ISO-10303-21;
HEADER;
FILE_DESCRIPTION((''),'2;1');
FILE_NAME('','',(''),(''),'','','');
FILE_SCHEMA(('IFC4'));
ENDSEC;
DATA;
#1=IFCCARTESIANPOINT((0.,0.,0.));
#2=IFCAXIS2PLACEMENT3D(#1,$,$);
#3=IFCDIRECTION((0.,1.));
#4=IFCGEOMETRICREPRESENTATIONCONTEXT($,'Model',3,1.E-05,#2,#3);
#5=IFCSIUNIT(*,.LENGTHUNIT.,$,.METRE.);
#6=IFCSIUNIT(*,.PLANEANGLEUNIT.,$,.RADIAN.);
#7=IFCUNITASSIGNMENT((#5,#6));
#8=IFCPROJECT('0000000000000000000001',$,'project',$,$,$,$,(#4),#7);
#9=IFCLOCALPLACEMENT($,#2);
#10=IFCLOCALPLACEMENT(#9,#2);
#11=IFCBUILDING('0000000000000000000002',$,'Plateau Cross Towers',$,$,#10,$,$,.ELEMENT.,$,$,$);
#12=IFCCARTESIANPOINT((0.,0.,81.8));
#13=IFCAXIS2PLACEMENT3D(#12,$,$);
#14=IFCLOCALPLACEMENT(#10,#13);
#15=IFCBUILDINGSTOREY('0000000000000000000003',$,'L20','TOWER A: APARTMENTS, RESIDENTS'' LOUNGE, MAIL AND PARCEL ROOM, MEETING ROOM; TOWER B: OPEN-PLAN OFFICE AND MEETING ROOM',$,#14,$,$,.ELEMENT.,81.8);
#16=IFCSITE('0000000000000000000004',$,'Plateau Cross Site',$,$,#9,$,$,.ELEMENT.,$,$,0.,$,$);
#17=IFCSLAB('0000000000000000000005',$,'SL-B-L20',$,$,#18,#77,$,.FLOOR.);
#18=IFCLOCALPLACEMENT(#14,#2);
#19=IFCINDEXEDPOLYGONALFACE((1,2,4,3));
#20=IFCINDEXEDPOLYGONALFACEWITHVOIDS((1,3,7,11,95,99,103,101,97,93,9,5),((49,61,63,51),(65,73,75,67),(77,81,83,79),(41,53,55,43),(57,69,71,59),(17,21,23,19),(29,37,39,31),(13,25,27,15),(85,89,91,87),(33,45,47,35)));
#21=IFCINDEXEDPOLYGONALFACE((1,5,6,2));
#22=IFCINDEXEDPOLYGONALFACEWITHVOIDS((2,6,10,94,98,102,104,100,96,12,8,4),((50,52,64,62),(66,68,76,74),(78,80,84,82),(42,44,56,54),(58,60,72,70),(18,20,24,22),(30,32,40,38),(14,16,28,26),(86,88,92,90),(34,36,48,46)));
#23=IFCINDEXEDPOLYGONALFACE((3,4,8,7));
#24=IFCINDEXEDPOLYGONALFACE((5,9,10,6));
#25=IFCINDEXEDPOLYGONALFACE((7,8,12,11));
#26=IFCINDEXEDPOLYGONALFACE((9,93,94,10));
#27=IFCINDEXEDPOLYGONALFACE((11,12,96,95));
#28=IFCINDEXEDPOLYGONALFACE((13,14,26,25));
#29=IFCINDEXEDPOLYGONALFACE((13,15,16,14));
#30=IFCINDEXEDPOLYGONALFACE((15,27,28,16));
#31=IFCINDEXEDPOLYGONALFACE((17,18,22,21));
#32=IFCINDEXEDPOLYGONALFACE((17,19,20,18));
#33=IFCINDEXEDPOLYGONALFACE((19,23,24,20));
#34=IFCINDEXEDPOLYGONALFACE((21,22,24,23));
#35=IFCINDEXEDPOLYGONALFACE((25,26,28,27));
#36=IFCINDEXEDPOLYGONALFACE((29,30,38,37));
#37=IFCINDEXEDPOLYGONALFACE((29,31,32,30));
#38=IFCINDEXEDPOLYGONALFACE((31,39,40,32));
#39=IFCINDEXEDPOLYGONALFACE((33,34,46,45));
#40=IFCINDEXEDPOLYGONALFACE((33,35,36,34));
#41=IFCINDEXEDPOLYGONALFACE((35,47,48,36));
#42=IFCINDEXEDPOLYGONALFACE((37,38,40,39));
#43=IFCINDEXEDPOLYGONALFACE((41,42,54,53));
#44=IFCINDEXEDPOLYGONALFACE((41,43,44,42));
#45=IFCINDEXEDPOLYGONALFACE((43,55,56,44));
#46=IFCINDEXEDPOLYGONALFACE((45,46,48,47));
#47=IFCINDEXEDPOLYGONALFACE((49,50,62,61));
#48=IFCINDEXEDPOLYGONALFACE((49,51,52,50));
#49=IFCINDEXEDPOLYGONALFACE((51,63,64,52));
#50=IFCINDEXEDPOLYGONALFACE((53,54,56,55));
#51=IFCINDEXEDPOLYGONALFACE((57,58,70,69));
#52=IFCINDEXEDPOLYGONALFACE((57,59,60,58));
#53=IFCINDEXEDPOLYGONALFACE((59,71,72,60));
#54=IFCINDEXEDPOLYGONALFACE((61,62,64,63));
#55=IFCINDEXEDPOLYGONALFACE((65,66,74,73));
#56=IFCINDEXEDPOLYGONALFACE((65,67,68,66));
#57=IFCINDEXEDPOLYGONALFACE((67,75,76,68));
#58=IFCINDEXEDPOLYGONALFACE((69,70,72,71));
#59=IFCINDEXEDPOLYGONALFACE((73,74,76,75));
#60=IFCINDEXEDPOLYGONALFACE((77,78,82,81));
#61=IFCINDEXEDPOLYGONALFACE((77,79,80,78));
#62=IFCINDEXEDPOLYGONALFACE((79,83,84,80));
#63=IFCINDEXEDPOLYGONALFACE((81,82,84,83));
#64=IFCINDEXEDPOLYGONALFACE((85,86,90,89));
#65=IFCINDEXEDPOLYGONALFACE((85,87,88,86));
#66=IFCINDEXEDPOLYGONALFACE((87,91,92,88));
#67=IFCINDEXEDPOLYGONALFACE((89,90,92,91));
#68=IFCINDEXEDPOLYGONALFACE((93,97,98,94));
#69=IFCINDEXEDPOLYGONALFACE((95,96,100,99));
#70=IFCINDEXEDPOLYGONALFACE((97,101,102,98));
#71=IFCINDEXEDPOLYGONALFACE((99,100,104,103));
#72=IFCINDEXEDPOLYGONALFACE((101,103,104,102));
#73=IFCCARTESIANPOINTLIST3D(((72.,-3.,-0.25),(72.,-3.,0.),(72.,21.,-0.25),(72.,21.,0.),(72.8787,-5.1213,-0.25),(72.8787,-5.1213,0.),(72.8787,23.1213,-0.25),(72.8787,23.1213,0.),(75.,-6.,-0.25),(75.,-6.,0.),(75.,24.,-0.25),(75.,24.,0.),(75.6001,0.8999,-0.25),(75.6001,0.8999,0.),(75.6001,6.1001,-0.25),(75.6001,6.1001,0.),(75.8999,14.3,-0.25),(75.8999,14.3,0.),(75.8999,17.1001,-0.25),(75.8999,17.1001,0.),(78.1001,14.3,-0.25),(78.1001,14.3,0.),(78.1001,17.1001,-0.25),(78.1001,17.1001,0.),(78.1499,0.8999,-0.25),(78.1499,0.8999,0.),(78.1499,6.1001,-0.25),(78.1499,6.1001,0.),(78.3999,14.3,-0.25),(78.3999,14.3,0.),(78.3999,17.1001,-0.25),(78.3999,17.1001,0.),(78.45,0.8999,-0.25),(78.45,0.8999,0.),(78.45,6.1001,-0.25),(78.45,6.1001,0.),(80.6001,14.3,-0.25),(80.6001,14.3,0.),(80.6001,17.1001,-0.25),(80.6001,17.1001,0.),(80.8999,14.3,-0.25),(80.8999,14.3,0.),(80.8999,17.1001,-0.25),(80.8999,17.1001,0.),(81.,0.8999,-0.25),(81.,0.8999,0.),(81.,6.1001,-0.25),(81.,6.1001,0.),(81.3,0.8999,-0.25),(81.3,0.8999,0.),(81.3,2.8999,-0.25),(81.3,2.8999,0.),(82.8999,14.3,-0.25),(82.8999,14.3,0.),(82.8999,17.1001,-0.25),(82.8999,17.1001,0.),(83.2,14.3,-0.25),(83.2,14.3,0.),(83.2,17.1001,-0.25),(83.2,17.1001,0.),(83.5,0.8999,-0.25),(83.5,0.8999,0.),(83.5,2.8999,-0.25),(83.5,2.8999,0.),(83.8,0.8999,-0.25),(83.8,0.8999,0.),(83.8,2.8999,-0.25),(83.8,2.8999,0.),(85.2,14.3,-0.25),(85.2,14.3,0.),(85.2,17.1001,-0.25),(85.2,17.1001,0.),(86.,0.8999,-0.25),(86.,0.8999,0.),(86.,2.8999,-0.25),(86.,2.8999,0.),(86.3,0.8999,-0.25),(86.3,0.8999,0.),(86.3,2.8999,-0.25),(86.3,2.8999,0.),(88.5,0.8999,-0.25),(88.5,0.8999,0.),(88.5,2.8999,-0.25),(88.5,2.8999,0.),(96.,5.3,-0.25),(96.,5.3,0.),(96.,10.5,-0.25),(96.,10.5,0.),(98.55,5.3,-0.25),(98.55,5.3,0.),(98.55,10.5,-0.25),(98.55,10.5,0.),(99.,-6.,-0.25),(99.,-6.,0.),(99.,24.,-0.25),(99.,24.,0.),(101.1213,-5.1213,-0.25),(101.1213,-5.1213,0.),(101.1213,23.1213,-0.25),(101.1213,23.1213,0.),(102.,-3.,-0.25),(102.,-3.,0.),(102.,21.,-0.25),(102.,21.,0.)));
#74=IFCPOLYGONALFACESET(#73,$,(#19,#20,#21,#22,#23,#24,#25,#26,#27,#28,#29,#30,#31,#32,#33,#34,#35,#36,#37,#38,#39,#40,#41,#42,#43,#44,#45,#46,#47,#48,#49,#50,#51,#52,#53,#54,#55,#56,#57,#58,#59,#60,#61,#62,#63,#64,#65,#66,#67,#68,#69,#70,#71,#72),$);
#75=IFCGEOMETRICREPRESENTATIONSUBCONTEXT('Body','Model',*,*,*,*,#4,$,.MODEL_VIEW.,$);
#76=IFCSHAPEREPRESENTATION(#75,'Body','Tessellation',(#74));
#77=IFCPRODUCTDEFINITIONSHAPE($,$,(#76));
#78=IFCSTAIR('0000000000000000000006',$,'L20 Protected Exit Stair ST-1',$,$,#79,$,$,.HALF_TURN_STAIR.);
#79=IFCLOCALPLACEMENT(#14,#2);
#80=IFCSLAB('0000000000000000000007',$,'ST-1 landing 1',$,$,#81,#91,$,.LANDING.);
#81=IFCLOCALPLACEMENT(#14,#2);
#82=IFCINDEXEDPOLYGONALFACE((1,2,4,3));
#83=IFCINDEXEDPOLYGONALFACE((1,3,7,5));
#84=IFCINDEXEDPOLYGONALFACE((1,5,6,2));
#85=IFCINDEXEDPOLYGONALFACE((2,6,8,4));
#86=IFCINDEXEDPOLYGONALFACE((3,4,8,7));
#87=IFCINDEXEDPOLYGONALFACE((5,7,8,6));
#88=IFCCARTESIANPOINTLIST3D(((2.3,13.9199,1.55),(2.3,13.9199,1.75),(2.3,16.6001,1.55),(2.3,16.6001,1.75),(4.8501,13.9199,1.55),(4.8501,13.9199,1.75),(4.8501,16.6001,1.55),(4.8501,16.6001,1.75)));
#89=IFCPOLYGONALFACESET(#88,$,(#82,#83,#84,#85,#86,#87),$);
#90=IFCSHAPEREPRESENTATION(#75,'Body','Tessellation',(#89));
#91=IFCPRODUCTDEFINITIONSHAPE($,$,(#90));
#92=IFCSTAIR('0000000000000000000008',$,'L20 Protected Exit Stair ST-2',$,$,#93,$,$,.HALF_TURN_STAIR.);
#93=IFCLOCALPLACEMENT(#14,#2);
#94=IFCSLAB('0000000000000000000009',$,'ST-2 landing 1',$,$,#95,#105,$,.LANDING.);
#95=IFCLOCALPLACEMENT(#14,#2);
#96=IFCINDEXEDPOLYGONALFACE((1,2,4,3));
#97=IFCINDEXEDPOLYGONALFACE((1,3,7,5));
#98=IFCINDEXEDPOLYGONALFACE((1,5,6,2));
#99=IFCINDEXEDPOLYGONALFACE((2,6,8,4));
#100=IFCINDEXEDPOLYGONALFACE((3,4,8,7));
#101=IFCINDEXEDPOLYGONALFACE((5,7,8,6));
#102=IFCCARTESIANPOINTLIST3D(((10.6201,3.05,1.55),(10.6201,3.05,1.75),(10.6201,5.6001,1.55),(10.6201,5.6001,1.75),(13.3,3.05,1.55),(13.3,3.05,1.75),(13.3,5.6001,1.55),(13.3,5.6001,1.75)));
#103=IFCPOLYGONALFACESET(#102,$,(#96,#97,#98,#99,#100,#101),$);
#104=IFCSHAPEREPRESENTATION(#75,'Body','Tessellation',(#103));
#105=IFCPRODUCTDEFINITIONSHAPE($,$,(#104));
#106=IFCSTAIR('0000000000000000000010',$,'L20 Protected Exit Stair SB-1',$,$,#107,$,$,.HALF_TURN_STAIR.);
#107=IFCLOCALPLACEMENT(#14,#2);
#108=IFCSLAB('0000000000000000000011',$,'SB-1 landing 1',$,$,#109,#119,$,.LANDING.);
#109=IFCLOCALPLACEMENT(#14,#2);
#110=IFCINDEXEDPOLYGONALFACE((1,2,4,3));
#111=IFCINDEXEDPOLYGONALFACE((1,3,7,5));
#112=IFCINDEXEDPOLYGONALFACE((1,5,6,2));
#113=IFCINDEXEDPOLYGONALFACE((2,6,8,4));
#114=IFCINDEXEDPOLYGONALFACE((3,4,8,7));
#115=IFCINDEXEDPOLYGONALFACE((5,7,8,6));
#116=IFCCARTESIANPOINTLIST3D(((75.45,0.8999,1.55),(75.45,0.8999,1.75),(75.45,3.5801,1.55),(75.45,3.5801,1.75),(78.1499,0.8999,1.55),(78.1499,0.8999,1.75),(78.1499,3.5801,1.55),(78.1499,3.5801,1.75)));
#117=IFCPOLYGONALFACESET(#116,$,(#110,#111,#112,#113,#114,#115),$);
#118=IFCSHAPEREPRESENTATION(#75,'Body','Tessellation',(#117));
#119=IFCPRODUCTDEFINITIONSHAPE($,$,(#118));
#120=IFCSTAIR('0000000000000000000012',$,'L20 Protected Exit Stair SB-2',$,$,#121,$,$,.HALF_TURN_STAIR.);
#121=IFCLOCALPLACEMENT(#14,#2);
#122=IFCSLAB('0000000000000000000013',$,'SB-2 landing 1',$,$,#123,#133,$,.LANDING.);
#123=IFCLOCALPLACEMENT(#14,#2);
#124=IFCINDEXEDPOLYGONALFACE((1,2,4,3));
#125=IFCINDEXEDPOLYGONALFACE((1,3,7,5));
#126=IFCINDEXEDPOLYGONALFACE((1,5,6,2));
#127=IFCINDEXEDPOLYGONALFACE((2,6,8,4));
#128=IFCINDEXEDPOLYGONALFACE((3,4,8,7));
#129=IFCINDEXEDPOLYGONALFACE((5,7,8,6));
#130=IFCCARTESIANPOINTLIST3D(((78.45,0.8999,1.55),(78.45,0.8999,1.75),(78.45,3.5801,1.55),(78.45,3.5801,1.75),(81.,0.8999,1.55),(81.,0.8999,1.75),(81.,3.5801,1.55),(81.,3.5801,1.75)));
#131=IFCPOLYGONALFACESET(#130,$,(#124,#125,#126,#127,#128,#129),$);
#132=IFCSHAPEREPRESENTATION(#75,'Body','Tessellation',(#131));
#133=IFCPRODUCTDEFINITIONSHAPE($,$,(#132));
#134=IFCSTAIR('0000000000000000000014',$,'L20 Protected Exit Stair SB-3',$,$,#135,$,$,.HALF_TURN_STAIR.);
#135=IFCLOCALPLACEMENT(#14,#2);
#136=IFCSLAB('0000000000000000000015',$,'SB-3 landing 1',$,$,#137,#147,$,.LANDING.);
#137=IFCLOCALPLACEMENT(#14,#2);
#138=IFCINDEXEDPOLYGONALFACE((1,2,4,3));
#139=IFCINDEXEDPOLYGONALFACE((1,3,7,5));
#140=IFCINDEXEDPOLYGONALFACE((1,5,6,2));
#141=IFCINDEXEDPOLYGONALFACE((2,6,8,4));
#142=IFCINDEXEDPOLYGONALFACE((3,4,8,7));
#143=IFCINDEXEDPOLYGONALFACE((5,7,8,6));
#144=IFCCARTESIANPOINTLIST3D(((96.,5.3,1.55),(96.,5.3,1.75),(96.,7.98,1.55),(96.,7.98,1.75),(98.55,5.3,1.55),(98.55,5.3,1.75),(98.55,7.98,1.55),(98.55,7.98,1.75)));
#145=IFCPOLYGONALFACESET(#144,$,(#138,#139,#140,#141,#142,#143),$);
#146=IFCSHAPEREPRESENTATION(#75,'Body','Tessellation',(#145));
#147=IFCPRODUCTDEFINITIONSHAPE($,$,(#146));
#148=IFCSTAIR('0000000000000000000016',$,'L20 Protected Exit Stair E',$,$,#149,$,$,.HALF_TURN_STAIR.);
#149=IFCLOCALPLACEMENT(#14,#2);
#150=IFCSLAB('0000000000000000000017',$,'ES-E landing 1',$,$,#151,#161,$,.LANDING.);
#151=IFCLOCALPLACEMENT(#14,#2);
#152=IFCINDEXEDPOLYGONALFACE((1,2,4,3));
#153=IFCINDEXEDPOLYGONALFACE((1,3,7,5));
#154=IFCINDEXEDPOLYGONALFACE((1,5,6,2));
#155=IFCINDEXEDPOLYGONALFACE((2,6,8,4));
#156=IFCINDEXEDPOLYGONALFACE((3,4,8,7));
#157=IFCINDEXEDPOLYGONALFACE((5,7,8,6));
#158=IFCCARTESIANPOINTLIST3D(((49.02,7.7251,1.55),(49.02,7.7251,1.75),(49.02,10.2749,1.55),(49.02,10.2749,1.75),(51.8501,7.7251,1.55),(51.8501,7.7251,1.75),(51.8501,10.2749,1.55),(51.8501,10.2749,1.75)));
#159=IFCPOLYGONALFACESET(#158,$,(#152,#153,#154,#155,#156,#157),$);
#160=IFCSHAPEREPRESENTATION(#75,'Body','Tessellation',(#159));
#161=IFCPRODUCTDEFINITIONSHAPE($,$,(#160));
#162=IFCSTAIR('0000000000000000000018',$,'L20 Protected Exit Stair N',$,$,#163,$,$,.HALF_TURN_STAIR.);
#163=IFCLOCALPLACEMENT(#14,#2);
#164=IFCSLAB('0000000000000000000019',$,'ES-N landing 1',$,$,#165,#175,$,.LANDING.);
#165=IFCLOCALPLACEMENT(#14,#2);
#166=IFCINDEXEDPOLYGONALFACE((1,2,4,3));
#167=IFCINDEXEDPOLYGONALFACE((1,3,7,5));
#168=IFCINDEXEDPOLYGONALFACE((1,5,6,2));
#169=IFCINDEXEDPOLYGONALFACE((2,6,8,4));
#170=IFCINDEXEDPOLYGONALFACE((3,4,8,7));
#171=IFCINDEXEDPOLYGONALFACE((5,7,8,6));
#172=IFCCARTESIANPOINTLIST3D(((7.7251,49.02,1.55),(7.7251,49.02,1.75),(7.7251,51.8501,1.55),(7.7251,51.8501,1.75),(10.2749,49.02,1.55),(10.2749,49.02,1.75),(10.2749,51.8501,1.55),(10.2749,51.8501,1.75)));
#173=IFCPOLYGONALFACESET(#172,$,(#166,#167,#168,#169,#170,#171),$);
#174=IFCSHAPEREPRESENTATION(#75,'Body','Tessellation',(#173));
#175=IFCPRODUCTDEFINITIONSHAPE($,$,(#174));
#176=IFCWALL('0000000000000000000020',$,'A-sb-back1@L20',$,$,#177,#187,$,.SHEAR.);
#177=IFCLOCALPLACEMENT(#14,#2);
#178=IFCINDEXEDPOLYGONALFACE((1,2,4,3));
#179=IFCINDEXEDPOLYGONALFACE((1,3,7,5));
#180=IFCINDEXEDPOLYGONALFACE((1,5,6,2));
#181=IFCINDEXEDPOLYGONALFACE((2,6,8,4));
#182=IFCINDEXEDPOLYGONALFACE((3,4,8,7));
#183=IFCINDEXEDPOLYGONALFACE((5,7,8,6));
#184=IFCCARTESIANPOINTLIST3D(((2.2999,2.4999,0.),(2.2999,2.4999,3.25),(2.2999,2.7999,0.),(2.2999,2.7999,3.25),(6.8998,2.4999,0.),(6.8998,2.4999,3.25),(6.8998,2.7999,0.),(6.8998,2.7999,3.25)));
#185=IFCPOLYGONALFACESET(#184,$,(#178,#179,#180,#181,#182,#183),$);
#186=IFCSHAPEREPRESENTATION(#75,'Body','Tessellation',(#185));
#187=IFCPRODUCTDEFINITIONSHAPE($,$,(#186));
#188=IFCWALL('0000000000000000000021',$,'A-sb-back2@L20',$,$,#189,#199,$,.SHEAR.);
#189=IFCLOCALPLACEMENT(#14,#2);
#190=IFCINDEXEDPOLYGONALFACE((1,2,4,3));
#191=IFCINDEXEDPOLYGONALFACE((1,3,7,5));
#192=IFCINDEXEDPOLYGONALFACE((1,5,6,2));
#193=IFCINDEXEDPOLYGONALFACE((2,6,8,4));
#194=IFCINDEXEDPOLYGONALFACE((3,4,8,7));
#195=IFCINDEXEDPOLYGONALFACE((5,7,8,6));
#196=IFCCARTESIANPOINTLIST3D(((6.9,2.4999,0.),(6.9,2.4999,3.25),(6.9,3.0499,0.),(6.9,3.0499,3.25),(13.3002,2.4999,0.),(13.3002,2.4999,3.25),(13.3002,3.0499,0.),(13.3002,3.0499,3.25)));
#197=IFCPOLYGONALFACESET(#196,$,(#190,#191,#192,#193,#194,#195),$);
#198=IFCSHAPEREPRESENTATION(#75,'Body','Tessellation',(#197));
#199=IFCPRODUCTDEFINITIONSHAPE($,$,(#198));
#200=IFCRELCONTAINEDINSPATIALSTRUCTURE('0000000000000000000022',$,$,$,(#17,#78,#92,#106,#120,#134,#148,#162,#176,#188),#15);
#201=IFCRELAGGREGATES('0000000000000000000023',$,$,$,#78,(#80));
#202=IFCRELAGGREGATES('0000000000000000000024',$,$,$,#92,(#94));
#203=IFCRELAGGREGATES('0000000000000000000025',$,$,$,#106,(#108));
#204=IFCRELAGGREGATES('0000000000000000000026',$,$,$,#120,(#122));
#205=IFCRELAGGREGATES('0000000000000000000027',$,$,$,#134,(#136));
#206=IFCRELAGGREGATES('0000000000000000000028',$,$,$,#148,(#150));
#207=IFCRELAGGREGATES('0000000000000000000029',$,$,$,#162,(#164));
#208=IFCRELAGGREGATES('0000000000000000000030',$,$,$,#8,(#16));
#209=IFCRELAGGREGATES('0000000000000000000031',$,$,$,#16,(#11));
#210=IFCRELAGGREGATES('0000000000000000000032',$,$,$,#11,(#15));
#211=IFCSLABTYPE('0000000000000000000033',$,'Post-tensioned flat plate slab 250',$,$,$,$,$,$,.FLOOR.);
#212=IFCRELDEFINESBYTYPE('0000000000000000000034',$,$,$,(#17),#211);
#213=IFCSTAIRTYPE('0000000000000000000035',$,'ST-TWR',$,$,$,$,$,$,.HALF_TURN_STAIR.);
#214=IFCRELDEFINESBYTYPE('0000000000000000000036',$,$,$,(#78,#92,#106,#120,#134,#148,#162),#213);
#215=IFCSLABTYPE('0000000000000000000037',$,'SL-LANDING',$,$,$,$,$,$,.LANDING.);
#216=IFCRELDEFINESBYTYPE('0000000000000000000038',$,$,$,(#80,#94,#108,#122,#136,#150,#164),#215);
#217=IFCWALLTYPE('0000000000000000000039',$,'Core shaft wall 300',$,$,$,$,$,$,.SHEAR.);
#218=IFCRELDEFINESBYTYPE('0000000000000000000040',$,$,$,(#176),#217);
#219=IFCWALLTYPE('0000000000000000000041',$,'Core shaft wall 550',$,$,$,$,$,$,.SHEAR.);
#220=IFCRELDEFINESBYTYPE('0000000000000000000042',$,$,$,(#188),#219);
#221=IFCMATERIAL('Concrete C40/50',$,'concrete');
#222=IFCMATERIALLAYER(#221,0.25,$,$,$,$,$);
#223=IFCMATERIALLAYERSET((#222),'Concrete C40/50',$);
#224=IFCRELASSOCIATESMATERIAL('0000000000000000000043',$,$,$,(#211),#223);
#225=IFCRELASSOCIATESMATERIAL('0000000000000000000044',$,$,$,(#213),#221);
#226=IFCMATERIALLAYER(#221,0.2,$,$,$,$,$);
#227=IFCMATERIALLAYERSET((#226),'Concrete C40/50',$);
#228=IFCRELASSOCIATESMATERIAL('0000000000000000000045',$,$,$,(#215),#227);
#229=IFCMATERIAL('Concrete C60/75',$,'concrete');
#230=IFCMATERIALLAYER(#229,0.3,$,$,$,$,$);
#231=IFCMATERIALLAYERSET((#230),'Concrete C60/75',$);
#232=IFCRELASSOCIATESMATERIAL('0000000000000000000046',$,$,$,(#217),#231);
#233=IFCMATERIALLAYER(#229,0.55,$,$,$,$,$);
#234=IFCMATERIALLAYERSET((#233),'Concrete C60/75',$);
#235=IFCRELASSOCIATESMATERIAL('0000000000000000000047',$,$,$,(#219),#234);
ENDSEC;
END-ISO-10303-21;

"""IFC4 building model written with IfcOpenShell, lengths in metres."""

from ifc_helpers import new_model, si_unit, direction, frame, frame_2d, origin, place, context, subcontext, project, spatial, polyline, rectangle, outline, extrude, material, layer, layer_set, type_object, element, aggregate, save


model = new_model("IFC4")

# Units and contexts
model_context = context("Model", 3, precision=1e-05, world=origin(), true_north=direction((0.0, 1.0)))
body_context = subcontext(model_context, "Body", "Model", "MODEL_VIEW")
ifc_project = project(units=[si_unit("LENGTHUNIT", "METRE"), si_unit("PLANEANGLEUNIT", "RADIAN")], contexts=[model_context])

# Site, building, storey
site_placement = place(None, origin())
site = spatial("IfcSite", under=ifc_project, at=site_placement, Name="Plateau Cross Site", CompositionType="ELEMENT", RefElevation=0.0)
building_placement = place(site_placement, origin())
building = spatial("IfcBuilding", under=site, at=building_placement, Name="Plateau Cross Towers", CompositionType="ELEMENT")
storey_placement = place(building_placement, frame((0.0, 0.0, 81.8)))
storey = spatial("IfcBuildingStorey", under=building, at=storey_placement, Name="L20", Description="TOWER A: APARTMENTS, RESIDENTS' LOUNGE, MAIL AND PARCEL ROOM, MEETING ROOM; TOWER B: OPEN-PLAN OFFICE AND MEETING ROOM", CompositionType="ELEMENT", Elevation=81.8)

# Shared definitions
ifc_material_1 = material(Name="Concrete C60/75", Category="concrete")

# Shared definitions
ifc_material_2 = material(Name="Concrete C40/50", Category="concrete")

# Slab
ifc_layer_1 = layer(ifc_material_2, 0.25)
ifc_layer_set_1 = layer_set([ifc_layer_1], Name="Concrete C40/50")
slab_type_1 = type_object("IfcSlabType", Name="Post-tensioned flat plate slab 250", PredefinedType="FLOOR", material=ifc_layer_set_1)
slab_1_placement = place(storey_placement, frame((0.0, 0.0, -0.25)))
element("IfcSlab", 1, at=slab_1_placement, inside=storey, type_object=slab_type_1, Name="SL-B-L20", PredefinedType="FLOOR", context=body_context, shape_type="SweptSolid", body=[
    extrude(outline(polyline([(72.8787, -5.1213), (72.0, -3.0), (72.0, 21.0), (72.8787, 23.1213), (75.0, 24.0), (99.0, 24.0), (101.1213, 23.1213), (102.0, 21.0), (102.0, -3.0), (101.1213, -5.1213), (99.0, -6.0), (75.0, -6.0), (72.8787, -5.1213)]), holes=[polyline([(75.6001, 0.8999), (78.1499, 0.8999), (78.1499, 6.1001), (75.6001, 6.1001), (75.6001, 0.8999)]), polyline([(78.1001, 14.3), (78.1001, 17.1001), (75.8999, 17.1001), (75.8999, 14.3), (78.1001, 14.3)]), polyline([(83.5, 0.8999), (83.5, 2.8999), (81.3, 2.8999), (81.3, 0.8999), (83.5, 0.8999)]), polyline([(86.0, 0.8999), (86.0, 2.8999), (83.8, 2.8999), (83.8, 0.8999), (86.0, 0.8999)]), polyline([(88.5, 0.8999), (88.5, 2.8999), (86.3, 2.8999), (86.3, 0.8999), (88.5, 0.8999)]), polyline([(78.45, 0.8999), (81.0, 0.8999), (81.0, 6.1001), (78.45, 6.1001), (78.45, 0.8999)]), polyline([(96.0, 5.3), (98.55, 5.3), (98.55, 10.5), (96.0, 10.5), (96.0, 5.3)]), polyline([(80.6001, 14.3), (80.6001, 17.1001), (78.3999, 17.1001), (78.3999, 14.3), (80.6001, 14.3)]), polyline([(80.8999, 14.3), (82.8999, 14.3), (82.8999, 17.1001), (80.8999, 17.1001), (80.8999, 14.3)]), polyline([(83.2, 14.3), (85.2, 14.3), (85.2, 17.1001), (83.2, 17.1001), (83.2, 14.3)])]), origin(), (0.0, 0.0, 1.0), 0.25),
])

# Stairs, slabs
stair_type = type_object("IfcStairType", Name="ST-TWR", PredefinedType="HALF_TURN_STAIR", material=ifc_material_2)
stair_1_placement = place(storey_placement, origin())
stair_1 = element("IfcStair", 2, at=stair_1_placement, inside=storey, type_object=stair_type, Name="L20 Protected Exit Stair ST-1", PredefinedType="HALF_TURN_STAIR")
ifc_layer_2 = layer(ifc_material_2, 0.2)
ifc_layer_set_2 = layer_set([ifc_layer_2], Name="Concrete C40/50")
slab_type_2 = type_object("IfcSlabType", Name="SL-LANDING", PredefinedType="LANDING", material=ifc_layer_set_2)
slab_2_placement = place(storey_placement, frame((0.0, 0.0, 1.55)))
slab_2 = element("IfcSlab", 3, at=slab_2_placement, type_object=slab_type_2, Name="ST-1 landing 1", PredefinedType="LANDING", context=body_context, shape_type="SweptSolid", body=[
    extrude(outline(polyline([(4.8501, 13.9199), (4.8501, 16.6001), (2.3, 16.6001), (2.3, 13.9199), (4.8501, 13.9199)])), origin(), (0.0, 0.0, 1.0), 0.2),
])
aggregate(stair_1, [slab_2])
stair_2_placement = place(storey_placement, origin())
stair_2 = element("IfcStair", 4, at=stair_2_placement, inside=storey, type_object=stair_type, Name="L20 Protected Exit Stair ST-2", PredefinedType="HALF_TURN_STAIR")
slab_3_placement = place(storey_placement, frame((0.0, 0.0, 1.55)))
slab_3 = element("IfcSlab", 5, at=slab_3_placement, type_object=slab_type_2, Name="ST-2 landing 1", PredefinedType="LANDING", context=body_context, shape_type="SweptSolid", body=[
    extrude(outline(polyline([(10.6201, 3.05), (13.3, 3.05), (13.3, 5.6001), (10.6201, 5.6001), (10.6201, 3.05)])), origin(), (0.0, 0.0, 1.0), 0.2),
])
aggregate(stair_2, [slab_3])
stair_3_placement = place(storey_placement, origin())
stair_3 = element("IfcStair", 6, at=stair_3_placement, inside=storey, type_object=stair_type, Name="L20 Protected Exit Stair SB-1", PredefinedType="HALF_TURN_STAIR")
slab_4_placement = place(storey_placement, frame((0.0, 0.0, 1.55)))
slab_4 = element("IfcSlab", 7, at=slab_4_placement, type_object=slab_type_2, Name="SB-1 landing 1", PredefinedType="LANDING", context=body_context, shape_type="SweptSolid", body=[
    extrude(outline(polyline([(75.45, 3.5801), (75.45, 0.8999), (78.1499, 0.8999), (78.1499, 3.5801), (75.45, 3.5801)])), origin(), (0.0, 0.0, 1.0), 0.2),
])
aggregate(stair_3, [slab_4])
stair_4_placement = place(storey_placement, origin())
stair_4 = element("IfcStair", 8, at=stair_4_placement, inside=storey, type_object=stair_type, Name="L20 Protected Exit Stair SB-2", PredefinedType="HALF_TURN_STAIR")
slab_5_placement = place(storey_placement, frame((0.0, 0.0, 1.55)))
slab_5 = element("IfcSlab", 9, at=slab_5_placement, type_object=slab_type_2, Name="SB-2 landing 1", PredefinedType="LANDING", context=body_context, shape_type="SweptSolid", body=[
    extrude(outline(polyline([(78.45, 3.5801), (78.45, 0.8999), (81.0, 0.8999), (81.0, 3.5801), (78.45, 3.5801)])), origin(), (0.0, 0.0, 1.0), 0.2),
])
aggregate(stair_4, [slab_5])
stair_5_placement = place(storey_placement, origin())
stair_5 = element("IfcStair", 10, at=stair_5_placement, inside=storey, type_object=stair_type, Name="L20 Protected Exit Stair SB-3", PredefinedType="HALF_TURN_STAIR")
slab_6_placement = place(storey_placement, frame((0.0, 0.0, 1.55)))
slab_6 = element("IfcSlab", 11, at=slab_6_placement, type_object=slab_type_2, Name="SB-3 landing 1", PredefinedType="LANDING", context=body_context, shape_type="SweptSolid", body=[
    extrude(outline(polyline([(96.0, 7.98), (96.0, 5.3), (98.55, 5.3), (98.55, 7.98), (96.0, 7.98)])), origin(), (0.0, 0.0, 1.0), 0.2),
])
aggregate(stair_5, [slab_6])
stair_6_placement = place(storey_placement, origin())
stair_6 = element("IfcStair", 12, at=stair_6_placement, inside=storey, type_object=stair_type, Name="L20 Protected Exit Stair E", PredefinedType="HALF_TURN_STAIR")
slab_7_placement = place(storey_placement, frame((0.0, 0.0, 1.55)))
slab_7 = element("IfcSlab", 13, at=slab_7_placement, type_object=slab_type_2, Name="ES-E landing 1", PredefinedType="LANDING", context=body_context, shape_type="SweptSolid", body=[
    extrude(outline(polyline([(49.02, 7.7251), (51.8501, 7.7251), (51.8501, 10.2749), (49.02, 10.2749), (49.02, 7.7251)])), origin(), (0.0, 0.0, 1.0), 0.2),
])
aggregate(stair_6, [slab_7])
stair_7_placement = place(storey_placement, origin())
stair_7 = element("IfcStair", 14, at=stair_7_placement, inside=storey, type_object=stair_type, Name="L20 Protected Exit Stair N", PredefinedType="HALF_TURN_STAIR")
slab_8_placement = place(storey_placement, frame((0.0, 0.0, 1.55)))
slab_8 = element("IfcSlab", 15, at=slab_8_placement, type_object=slab_type_2, Name="ES-N landing 1", PredefinedType="LANDING", context=body_context, shape_type="SweptSolid", body=[
    extrude(outline(polyline([(10.2749, 49.02), (10.2749, 51.8501), (7.7251, 51.8501), (7.7251, 49.02), (10.2749, 49.02)])), origin(), (0.0, 0.0, 1.0), 0.2),
])
aggregate(stair_7, [slab_8])

# Walls
ifc_layer_3 = layer(ifc_material_1, 0.3)
ifc_layer_set_3 = layer_set([ifc_layer_3], Name="Concrete C60/75")
wall_type_1 = type_object("IfcWallType", Name="Core shaft wall 300", PredefinedType="SHEAR", material=ifc_layer_set_3)
wall_1_placement = place(storey_placement, frame((2.3, 2.6499, 0.0), z_axis=(0.0, 0.0, 1.0), x_axis=(1.0, 0.0, 0.0)))
element("IfcWall", 16, at=wall_1_placement, inside=storey, type_object=wall_type_1, Name="A-sb-back1@L20", PredefinedType="SHEAR", context=body_context, shape_type="SweptSolid", body=[
    extrude(rectangle(XDim=4.5999, YDim=0.3, at=frame_2d((2.2998, 0.0))), origin(), (0.0, 0.0, 1.0), 3.25),
])
ifc_layer_4 = layer(ifc_material_1, 0.55)
ifc_layer_set_4 = layer_set([ifc_layer_4], Name="Concrete C60/75")
wall_type_2 = type_object("IfcWallType", Name="Core shaft wall 550", PredefinedType="SHEAR", material=ifc_layer_set_4)
wall_2_placement = place(storey_placement, frame((6.8999, 2.7749, 0.0), z_axis=(0.0, 0.0, 1.0), x_axis=(1.0, 0.0, 0.0)))
element("IfcWall", 17, at=wall_2_placement, inside=storey, type_object=wall_type_2, Name="A-sb-back2@L20", PredefinedType="SHEAR", context=body_context, shape_type="SweptSolid", body=[
    extrude(rectangle(XDim=6.4001, YDim=0.55, at=frame_2d((3.2002, 0.0))), origin(), (0.0, 0.0, 1.0), 3.25),
])

save(model, "model.ifc")
